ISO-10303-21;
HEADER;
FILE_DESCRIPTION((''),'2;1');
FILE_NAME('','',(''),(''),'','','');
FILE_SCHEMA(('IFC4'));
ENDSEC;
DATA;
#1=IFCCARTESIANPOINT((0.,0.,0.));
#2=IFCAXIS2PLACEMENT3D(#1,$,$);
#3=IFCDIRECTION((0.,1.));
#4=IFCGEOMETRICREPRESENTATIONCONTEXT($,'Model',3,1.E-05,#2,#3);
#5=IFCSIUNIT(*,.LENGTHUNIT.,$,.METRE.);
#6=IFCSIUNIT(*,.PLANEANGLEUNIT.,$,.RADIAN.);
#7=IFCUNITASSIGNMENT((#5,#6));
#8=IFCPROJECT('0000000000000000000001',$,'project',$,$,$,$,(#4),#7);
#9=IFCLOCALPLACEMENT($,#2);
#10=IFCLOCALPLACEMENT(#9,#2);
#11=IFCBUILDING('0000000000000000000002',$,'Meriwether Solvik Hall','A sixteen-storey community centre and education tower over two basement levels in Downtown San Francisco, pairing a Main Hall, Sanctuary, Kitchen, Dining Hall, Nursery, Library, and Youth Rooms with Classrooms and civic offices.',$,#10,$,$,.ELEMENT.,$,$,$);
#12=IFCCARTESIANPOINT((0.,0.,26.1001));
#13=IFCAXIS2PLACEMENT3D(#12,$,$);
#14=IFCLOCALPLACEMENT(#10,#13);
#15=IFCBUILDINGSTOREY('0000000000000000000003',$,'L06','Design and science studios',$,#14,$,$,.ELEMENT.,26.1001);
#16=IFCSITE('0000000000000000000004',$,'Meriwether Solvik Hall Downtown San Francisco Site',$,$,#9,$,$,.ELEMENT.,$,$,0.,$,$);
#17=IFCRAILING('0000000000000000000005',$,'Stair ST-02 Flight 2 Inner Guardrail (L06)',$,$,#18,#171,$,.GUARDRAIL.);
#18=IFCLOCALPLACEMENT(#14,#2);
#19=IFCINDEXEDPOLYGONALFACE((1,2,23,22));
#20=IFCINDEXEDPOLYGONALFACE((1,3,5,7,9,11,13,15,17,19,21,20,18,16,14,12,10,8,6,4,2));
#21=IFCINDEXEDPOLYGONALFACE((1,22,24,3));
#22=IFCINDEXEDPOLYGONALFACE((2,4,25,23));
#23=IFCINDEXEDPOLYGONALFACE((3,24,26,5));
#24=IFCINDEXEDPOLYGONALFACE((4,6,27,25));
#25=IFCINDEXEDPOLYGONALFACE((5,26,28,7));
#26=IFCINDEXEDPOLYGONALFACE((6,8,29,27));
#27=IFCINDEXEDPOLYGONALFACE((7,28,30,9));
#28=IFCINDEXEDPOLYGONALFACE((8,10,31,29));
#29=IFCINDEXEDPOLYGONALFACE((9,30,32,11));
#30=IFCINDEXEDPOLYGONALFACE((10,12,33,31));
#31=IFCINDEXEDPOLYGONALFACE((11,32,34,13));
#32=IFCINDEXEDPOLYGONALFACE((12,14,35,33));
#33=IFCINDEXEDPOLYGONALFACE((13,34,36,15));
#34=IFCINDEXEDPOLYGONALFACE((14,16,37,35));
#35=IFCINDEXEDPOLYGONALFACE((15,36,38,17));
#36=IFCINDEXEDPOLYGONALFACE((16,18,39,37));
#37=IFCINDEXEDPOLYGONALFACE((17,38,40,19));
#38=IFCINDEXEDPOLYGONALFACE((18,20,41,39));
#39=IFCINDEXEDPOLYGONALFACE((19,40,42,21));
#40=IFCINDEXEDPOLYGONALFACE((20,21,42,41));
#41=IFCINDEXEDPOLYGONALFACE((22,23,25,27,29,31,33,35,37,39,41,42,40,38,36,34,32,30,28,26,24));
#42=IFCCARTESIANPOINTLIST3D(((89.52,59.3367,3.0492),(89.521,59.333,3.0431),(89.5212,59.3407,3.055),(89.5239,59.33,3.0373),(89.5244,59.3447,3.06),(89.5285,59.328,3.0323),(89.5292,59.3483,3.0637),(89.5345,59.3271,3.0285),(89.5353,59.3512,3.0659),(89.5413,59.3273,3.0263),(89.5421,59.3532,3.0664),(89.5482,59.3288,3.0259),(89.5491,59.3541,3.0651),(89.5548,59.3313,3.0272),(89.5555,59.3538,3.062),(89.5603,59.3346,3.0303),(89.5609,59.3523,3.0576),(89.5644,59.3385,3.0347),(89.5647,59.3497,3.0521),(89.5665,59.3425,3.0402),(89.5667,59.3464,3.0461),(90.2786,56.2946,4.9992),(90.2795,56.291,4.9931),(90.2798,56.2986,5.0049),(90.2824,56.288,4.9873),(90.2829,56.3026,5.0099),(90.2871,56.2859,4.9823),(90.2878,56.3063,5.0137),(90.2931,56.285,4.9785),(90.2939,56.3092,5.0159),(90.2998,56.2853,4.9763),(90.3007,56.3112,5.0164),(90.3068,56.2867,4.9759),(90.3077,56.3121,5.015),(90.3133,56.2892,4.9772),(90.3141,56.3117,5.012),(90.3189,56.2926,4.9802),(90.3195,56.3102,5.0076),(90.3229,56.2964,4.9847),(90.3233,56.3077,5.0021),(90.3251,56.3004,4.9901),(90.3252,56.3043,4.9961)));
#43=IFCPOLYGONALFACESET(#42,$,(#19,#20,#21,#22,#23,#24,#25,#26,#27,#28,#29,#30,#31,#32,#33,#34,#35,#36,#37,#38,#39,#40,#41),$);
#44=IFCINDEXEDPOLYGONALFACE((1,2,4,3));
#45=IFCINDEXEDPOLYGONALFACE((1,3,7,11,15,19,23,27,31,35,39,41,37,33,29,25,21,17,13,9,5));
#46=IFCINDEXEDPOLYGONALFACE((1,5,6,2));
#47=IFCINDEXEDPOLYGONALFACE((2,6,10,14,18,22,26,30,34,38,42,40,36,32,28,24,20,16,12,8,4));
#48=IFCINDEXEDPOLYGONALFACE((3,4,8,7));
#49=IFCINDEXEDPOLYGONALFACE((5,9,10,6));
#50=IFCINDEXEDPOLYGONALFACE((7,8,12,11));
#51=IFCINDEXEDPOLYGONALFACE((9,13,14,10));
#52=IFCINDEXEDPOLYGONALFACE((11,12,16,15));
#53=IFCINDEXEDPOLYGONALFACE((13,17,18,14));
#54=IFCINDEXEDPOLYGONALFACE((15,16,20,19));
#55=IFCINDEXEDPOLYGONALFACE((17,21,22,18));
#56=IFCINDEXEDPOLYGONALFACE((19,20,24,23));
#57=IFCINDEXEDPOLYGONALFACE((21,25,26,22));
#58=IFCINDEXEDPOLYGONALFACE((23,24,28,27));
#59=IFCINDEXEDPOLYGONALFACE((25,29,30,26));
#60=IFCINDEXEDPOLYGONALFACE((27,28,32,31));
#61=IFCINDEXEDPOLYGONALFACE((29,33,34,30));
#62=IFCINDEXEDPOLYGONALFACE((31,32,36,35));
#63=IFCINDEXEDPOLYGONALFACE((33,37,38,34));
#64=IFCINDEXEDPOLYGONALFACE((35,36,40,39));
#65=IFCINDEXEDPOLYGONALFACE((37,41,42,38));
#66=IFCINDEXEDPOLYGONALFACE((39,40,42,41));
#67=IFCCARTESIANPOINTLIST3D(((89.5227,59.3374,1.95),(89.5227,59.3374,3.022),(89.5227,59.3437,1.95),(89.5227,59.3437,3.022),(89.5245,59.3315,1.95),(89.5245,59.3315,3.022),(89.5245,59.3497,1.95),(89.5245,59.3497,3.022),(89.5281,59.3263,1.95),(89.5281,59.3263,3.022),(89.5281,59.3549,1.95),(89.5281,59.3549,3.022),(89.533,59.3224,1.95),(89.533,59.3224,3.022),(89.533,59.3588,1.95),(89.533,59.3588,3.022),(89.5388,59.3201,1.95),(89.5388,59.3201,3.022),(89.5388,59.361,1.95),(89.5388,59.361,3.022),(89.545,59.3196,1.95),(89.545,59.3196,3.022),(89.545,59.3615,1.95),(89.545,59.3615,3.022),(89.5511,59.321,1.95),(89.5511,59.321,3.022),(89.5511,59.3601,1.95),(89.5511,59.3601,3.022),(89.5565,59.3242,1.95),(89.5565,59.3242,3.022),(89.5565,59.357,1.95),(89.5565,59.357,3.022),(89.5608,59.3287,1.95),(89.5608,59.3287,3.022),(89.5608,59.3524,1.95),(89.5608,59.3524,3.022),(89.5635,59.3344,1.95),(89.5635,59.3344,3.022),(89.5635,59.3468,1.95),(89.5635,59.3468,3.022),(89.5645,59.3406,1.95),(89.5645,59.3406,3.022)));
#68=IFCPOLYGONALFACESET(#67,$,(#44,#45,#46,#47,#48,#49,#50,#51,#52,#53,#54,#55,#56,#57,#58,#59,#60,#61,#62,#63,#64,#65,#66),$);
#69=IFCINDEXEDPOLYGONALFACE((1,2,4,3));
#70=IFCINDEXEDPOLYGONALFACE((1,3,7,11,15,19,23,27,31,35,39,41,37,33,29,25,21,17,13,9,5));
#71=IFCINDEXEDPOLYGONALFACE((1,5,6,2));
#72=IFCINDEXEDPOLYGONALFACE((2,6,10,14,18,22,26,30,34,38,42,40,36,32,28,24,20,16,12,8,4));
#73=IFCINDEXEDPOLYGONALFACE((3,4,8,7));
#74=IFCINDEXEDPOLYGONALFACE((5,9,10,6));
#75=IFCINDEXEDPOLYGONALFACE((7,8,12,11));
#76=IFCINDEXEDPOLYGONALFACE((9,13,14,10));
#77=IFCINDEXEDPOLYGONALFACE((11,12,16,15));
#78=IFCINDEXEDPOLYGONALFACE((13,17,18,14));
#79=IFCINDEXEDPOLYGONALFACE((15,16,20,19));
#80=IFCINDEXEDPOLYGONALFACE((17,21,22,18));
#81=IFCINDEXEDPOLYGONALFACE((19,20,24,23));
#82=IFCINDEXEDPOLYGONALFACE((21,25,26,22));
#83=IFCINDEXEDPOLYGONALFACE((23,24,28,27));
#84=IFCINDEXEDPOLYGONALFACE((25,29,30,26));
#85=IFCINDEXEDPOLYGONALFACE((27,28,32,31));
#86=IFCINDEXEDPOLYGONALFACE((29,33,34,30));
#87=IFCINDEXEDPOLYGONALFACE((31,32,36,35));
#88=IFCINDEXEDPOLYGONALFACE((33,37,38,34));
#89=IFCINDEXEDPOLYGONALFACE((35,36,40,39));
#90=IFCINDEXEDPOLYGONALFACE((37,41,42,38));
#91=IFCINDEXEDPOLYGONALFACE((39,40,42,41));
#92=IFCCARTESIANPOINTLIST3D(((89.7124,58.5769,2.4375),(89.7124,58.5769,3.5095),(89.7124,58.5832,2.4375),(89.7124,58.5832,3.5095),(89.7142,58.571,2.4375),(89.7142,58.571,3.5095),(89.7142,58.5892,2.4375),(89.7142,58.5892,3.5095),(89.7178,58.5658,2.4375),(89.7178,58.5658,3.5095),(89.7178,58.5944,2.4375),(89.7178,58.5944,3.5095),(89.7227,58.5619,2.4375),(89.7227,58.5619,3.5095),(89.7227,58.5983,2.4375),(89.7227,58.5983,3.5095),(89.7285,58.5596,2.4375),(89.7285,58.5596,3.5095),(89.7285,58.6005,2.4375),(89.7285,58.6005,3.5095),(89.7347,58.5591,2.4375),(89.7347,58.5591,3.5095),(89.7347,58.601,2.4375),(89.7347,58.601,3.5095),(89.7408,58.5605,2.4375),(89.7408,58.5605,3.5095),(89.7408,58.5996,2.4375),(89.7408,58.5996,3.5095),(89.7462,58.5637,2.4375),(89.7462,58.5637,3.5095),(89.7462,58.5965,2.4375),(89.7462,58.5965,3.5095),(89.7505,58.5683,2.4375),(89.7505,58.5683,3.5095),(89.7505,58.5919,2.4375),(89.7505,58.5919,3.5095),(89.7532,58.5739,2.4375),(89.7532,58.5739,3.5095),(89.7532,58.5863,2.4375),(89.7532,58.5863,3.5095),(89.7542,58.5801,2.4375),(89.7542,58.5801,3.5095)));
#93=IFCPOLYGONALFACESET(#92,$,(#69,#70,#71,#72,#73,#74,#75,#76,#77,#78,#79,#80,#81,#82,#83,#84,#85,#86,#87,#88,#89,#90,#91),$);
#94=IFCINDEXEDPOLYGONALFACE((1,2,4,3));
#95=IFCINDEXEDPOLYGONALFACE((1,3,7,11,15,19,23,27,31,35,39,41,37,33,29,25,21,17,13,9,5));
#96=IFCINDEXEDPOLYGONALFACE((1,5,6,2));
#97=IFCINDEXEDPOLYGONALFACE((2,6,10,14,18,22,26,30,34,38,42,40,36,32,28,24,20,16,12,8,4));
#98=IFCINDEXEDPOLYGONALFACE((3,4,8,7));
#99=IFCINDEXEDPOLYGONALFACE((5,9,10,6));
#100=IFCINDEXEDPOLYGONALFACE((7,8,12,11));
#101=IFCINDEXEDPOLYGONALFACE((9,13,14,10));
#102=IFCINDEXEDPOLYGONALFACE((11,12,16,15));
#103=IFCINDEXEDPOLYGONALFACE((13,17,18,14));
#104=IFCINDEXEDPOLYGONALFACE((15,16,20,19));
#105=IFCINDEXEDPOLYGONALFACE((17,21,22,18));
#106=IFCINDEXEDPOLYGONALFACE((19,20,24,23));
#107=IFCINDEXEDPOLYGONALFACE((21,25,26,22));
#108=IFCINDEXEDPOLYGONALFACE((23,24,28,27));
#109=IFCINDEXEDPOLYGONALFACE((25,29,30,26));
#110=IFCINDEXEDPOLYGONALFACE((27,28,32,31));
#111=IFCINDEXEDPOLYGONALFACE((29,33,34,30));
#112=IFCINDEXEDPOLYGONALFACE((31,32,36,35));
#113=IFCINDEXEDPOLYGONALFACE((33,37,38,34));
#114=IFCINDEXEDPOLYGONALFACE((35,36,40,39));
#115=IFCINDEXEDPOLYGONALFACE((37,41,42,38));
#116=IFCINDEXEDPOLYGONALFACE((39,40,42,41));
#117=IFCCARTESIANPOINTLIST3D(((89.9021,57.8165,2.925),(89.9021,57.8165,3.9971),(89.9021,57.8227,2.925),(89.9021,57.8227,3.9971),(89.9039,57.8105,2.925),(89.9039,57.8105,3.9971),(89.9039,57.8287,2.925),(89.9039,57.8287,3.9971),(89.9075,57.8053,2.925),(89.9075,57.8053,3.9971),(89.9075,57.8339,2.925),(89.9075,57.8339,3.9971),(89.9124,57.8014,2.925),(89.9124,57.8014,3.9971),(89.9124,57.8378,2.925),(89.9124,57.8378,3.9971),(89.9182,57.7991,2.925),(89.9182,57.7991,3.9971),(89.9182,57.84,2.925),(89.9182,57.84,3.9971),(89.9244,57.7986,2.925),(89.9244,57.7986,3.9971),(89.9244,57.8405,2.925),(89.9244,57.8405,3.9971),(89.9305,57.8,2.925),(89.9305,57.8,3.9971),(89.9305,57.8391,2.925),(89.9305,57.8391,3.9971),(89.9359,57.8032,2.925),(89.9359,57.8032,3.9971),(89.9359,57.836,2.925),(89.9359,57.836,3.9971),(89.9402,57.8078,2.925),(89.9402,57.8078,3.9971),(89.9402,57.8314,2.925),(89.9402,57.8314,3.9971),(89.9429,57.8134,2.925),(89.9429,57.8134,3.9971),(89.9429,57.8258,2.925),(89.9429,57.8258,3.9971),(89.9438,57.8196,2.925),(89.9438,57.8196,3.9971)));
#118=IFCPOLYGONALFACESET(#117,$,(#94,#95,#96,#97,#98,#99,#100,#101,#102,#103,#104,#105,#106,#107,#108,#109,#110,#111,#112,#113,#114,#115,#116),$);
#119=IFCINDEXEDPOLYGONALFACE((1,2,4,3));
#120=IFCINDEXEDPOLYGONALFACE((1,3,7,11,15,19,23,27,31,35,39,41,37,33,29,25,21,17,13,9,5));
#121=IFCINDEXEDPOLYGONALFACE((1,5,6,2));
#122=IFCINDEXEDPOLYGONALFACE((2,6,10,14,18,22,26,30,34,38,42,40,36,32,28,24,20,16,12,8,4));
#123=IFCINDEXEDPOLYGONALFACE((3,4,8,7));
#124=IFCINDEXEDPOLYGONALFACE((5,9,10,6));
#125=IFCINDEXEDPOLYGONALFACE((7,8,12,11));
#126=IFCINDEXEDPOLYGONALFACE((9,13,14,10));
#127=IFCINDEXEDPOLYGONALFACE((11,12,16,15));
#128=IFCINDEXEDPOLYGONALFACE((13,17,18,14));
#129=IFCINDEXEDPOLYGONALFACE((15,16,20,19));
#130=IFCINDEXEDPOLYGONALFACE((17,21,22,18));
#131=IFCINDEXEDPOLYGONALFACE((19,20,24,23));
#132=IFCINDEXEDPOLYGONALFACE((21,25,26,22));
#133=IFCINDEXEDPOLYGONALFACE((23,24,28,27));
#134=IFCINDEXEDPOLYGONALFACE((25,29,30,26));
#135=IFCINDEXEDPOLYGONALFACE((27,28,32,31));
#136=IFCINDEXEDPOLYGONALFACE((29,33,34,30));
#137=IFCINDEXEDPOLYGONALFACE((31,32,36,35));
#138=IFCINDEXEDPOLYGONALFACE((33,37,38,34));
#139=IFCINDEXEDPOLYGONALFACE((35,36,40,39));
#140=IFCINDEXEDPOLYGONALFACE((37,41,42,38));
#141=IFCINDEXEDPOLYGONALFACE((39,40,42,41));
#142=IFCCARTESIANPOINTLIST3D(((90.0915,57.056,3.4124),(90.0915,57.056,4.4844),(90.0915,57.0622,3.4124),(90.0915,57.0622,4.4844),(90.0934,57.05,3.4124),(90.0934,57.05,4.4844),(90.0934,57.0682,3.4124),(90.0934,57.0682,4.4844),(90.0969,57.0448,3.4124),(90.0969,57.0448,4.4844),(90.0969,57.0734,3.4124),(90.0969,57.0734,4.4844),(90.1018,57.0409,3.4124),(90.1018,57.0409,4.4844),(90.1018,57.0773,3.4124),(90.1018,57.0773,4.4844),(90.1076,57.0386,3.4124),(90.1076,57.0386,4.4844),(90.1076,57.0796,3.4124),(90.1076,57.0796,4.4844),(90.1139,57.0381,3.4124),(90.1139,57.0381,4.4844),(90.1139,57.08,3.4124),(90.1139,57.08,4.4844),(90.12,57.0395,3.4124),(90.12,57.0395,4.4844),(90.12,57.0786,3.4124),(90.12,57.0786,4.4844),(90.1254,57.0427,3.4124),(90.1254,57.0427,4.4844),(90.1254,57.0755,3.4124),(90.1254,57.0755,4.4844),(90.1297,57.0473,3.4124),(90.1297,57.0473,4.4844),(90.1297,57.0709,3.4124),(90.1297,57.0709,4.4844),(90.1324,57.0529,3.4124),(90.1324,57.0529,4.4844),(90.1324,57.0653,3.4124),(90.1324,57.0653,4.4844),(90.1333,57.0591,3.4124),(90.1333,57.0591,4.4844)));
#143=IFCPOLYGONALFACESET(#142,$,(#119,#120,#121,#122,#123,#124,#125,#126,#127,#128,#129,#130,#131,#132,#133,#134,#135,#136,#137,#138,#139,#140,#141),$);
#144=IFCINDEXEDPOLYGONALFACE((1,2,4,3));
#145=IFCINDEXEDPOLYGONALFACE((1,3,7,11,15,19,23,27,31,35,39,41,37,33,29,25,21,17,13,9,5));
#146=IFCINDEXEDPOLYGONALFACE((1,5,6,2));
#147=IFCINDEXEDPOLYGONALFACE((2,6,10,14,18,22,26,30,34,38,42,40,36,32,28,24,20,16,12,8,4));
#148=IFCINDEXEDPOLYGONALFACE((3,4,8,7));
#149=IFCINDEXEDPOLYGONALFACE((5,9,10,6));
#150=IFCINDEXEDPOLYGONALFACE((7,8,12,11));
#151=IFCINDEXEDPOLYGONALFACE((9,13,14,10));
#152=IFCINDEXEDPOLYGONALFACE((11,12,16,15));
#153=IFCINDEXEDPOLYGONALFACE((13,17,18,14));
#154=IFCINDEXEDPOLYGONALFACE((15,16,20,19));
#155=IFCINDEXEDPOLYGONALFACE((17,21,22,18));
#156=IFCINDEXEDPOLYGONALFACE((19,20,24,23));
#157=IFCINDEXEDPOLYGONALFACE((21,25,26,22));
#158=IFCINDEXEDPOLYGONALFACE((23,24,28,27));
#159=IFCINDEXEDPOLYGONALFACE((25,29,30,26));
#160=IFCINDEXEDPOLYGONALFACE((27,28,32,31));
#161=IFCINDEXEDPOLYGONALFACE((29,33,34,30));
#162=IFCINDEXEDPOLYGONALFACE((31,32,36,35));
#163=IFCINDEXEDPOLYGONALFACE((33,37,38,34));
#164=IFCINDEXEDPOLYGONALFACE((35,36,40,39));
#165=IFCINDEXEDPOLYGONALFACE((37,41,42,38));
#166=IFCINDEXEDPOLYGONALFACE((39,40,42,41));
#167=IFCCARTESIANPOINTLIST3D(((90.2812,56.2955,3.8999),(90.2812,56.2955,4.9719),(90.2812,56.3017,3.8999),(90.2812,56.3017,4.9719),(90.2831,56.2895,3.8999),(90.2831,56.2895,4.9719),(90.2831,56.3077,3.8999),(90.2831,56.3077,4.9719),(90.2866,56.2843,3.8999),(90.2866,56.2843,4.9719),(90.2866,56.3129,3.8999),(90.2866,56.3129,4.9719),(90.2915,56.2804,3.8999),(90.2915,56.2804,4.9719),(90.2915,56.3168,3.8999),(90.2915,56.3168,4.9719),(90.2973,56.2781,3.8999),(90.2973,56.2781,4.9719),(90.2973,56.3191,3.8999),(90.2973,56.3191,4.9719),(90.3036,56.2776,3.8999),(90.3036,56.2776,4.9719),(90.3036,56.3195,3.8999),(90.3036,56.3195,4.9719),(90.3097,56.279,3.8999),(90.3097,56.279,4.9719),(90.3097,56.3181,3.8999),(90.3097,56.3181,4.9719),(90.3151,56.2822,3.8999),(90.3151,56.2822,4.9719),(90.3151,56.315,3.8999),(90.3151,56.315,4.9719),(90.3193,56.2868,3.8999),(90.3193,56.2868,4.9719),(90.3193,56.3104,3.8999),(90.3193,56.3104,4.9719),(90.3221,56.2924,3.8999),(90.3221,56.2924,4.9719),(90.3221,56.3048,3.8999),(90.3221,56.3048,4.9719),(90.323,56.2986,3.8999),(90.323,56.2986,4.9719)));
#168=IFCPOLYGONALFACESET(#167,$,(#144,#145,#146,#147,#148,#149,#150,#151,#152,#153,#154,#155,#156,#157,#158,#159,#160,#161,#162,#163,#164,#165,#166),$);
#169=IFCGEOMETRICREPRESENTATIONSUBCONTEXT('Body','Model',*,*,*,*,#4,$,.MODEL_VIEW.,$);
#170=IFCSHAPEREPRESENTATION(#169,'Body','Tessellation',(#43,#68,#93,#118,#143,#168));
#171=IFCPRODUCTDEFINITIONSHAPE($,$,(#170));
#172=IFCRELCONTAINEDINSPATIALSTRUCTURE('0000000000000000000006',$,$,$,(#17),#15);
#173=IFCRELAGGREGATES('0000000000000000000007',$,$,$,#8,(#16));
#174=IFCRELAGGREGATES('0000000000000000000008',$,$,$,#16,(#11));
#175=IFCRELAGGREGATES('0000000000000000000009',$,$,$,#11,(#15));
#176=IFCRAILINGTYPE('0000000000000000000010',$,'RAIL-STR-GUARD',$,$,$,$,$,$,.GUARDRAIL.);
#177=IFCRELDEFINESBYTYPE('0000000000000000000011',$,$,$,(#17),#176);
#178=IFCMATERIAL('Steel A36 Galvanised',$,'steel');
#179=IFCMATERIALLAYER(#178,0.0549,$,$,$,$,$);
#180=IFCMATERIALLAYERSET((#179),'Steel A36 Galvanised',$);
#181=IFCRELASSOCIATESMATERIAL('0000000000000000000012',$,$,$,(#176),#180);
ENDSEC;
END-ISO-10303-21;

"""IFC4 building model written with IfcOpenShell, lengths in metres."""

from ifc_helpers import new_model, si_unit, direction, frame, origin, origin_2d, place, context, subcontext, project, spatial, circle, extrude, material, layer, layer_set, type_object, element, save


model = new_model("IFC4")

# Units and contexts
model_context = context("Model", 3, precision=1e-05, world=origin(), true_north=direction((0.0, 1.0)))
body_context = subcontext(model_context, "Body", "Model", "MODEL_VIEW")
ifc_project = project(units=[si_unit("LENGTHUNIT", "METRE"), si_unit("PLANEANGLEUNIT", "RADIAN")], contexts=[model_context])

# Site, building, storey
site_placement = place(None, origin())
site = spatial("IfcSite", under=ifc_project, at=site_placement, Name="Meriwether Solvik Hall Downtown San Francisco Site", CompositionType="ELEMENT", RefElevation=0.0)
building_placement = place(site_placement, origin())
building = spatial("IfcBuilding", under=site, at=building_placement, Name="Meriwether Solvik Hall", Description="A sixteen-storey community centre and education tower over two basement levels in Downtown San Francisco, pairing a Main Hall, Sanctuary, Kitchen, Dining Hall, Nursery, Library, and Youth Rooms with Classrooms and civic offices.", CompositionType="ELEMENT")
storey_placement = place(building_placement, frame((0.0, 0.0, 26.1001)))
storey = spatial("IfcBuildingStorey", under=building, at=storey_placement, Name="L06", Description="Design and science studios", CompositionType="ELEMENT", Elevation=26.1001)

# Railing
ifc_material_1 = material(Name="Steel A36 Galvanised", Category="steel")
ifc_layer_1 = layer(ifc_material_1, 0.0549)
ifc_layer_set_1 = layer_set([ifc_layer_1], Name="Steel A36 Galvanised")
railing_type_1 = type_object("IfcRailingType", Name="RAIL-STR-GUARD", PredefinedType="GUARDRAIL", material=ifc_layer_set_1)
railing_1_placement = place(storey_placement, frame((89.5435, 59.3406, 1.95)))
element("IfcRailing", 1, at=railing_1_placement, inside=storey, type_object=railing_type_1, Name="Stair ST-02 Flight 2 Inner Guardrail (L06)", PredefinedType="GUARDRAIL", context=body_context, shape_type="SweptSolid", body=[
    extrude(circle(Radius=0.0239, at=origin_2d()), frame((0.0, 0.0, 1.0962), z_axis=(0.205452, -0.823925, 0.528145), x_axis=(0.970289, 0.241949, 0.0)), (0.0, 0.0, 1.0), 3.6921),
    extrude(circle(Radius=0.021, at=origin_2d()), origin(), (0.0, 0.0, 1.0), 1.072),
    extrude(circle(Radius=0.021, at=origin_2d()), frame((0.1897, -0.7605, 0.4875)), (0.0, 0.0, 1.0), 1.072),
    extrude(circle(Radius=0.021, at=origin_2d()), frame((0.3794, -1.521, 0.9751)), (0.0, 0.0, 1.0), 1.072),
    extrude(circle(Radius=0.021, at=origin_2d()), frame((0.5688, -2.2815, 1.4624)), (0.0, 0.0, 1.0), 1.072),
    extrude(circle(Radius=0.021, at=origin_2d()), frame((0.7585, -3.042, 1.95)), (0.0, 0.0, 1.0), 1.072),
])

save(model, "model.ifc")
